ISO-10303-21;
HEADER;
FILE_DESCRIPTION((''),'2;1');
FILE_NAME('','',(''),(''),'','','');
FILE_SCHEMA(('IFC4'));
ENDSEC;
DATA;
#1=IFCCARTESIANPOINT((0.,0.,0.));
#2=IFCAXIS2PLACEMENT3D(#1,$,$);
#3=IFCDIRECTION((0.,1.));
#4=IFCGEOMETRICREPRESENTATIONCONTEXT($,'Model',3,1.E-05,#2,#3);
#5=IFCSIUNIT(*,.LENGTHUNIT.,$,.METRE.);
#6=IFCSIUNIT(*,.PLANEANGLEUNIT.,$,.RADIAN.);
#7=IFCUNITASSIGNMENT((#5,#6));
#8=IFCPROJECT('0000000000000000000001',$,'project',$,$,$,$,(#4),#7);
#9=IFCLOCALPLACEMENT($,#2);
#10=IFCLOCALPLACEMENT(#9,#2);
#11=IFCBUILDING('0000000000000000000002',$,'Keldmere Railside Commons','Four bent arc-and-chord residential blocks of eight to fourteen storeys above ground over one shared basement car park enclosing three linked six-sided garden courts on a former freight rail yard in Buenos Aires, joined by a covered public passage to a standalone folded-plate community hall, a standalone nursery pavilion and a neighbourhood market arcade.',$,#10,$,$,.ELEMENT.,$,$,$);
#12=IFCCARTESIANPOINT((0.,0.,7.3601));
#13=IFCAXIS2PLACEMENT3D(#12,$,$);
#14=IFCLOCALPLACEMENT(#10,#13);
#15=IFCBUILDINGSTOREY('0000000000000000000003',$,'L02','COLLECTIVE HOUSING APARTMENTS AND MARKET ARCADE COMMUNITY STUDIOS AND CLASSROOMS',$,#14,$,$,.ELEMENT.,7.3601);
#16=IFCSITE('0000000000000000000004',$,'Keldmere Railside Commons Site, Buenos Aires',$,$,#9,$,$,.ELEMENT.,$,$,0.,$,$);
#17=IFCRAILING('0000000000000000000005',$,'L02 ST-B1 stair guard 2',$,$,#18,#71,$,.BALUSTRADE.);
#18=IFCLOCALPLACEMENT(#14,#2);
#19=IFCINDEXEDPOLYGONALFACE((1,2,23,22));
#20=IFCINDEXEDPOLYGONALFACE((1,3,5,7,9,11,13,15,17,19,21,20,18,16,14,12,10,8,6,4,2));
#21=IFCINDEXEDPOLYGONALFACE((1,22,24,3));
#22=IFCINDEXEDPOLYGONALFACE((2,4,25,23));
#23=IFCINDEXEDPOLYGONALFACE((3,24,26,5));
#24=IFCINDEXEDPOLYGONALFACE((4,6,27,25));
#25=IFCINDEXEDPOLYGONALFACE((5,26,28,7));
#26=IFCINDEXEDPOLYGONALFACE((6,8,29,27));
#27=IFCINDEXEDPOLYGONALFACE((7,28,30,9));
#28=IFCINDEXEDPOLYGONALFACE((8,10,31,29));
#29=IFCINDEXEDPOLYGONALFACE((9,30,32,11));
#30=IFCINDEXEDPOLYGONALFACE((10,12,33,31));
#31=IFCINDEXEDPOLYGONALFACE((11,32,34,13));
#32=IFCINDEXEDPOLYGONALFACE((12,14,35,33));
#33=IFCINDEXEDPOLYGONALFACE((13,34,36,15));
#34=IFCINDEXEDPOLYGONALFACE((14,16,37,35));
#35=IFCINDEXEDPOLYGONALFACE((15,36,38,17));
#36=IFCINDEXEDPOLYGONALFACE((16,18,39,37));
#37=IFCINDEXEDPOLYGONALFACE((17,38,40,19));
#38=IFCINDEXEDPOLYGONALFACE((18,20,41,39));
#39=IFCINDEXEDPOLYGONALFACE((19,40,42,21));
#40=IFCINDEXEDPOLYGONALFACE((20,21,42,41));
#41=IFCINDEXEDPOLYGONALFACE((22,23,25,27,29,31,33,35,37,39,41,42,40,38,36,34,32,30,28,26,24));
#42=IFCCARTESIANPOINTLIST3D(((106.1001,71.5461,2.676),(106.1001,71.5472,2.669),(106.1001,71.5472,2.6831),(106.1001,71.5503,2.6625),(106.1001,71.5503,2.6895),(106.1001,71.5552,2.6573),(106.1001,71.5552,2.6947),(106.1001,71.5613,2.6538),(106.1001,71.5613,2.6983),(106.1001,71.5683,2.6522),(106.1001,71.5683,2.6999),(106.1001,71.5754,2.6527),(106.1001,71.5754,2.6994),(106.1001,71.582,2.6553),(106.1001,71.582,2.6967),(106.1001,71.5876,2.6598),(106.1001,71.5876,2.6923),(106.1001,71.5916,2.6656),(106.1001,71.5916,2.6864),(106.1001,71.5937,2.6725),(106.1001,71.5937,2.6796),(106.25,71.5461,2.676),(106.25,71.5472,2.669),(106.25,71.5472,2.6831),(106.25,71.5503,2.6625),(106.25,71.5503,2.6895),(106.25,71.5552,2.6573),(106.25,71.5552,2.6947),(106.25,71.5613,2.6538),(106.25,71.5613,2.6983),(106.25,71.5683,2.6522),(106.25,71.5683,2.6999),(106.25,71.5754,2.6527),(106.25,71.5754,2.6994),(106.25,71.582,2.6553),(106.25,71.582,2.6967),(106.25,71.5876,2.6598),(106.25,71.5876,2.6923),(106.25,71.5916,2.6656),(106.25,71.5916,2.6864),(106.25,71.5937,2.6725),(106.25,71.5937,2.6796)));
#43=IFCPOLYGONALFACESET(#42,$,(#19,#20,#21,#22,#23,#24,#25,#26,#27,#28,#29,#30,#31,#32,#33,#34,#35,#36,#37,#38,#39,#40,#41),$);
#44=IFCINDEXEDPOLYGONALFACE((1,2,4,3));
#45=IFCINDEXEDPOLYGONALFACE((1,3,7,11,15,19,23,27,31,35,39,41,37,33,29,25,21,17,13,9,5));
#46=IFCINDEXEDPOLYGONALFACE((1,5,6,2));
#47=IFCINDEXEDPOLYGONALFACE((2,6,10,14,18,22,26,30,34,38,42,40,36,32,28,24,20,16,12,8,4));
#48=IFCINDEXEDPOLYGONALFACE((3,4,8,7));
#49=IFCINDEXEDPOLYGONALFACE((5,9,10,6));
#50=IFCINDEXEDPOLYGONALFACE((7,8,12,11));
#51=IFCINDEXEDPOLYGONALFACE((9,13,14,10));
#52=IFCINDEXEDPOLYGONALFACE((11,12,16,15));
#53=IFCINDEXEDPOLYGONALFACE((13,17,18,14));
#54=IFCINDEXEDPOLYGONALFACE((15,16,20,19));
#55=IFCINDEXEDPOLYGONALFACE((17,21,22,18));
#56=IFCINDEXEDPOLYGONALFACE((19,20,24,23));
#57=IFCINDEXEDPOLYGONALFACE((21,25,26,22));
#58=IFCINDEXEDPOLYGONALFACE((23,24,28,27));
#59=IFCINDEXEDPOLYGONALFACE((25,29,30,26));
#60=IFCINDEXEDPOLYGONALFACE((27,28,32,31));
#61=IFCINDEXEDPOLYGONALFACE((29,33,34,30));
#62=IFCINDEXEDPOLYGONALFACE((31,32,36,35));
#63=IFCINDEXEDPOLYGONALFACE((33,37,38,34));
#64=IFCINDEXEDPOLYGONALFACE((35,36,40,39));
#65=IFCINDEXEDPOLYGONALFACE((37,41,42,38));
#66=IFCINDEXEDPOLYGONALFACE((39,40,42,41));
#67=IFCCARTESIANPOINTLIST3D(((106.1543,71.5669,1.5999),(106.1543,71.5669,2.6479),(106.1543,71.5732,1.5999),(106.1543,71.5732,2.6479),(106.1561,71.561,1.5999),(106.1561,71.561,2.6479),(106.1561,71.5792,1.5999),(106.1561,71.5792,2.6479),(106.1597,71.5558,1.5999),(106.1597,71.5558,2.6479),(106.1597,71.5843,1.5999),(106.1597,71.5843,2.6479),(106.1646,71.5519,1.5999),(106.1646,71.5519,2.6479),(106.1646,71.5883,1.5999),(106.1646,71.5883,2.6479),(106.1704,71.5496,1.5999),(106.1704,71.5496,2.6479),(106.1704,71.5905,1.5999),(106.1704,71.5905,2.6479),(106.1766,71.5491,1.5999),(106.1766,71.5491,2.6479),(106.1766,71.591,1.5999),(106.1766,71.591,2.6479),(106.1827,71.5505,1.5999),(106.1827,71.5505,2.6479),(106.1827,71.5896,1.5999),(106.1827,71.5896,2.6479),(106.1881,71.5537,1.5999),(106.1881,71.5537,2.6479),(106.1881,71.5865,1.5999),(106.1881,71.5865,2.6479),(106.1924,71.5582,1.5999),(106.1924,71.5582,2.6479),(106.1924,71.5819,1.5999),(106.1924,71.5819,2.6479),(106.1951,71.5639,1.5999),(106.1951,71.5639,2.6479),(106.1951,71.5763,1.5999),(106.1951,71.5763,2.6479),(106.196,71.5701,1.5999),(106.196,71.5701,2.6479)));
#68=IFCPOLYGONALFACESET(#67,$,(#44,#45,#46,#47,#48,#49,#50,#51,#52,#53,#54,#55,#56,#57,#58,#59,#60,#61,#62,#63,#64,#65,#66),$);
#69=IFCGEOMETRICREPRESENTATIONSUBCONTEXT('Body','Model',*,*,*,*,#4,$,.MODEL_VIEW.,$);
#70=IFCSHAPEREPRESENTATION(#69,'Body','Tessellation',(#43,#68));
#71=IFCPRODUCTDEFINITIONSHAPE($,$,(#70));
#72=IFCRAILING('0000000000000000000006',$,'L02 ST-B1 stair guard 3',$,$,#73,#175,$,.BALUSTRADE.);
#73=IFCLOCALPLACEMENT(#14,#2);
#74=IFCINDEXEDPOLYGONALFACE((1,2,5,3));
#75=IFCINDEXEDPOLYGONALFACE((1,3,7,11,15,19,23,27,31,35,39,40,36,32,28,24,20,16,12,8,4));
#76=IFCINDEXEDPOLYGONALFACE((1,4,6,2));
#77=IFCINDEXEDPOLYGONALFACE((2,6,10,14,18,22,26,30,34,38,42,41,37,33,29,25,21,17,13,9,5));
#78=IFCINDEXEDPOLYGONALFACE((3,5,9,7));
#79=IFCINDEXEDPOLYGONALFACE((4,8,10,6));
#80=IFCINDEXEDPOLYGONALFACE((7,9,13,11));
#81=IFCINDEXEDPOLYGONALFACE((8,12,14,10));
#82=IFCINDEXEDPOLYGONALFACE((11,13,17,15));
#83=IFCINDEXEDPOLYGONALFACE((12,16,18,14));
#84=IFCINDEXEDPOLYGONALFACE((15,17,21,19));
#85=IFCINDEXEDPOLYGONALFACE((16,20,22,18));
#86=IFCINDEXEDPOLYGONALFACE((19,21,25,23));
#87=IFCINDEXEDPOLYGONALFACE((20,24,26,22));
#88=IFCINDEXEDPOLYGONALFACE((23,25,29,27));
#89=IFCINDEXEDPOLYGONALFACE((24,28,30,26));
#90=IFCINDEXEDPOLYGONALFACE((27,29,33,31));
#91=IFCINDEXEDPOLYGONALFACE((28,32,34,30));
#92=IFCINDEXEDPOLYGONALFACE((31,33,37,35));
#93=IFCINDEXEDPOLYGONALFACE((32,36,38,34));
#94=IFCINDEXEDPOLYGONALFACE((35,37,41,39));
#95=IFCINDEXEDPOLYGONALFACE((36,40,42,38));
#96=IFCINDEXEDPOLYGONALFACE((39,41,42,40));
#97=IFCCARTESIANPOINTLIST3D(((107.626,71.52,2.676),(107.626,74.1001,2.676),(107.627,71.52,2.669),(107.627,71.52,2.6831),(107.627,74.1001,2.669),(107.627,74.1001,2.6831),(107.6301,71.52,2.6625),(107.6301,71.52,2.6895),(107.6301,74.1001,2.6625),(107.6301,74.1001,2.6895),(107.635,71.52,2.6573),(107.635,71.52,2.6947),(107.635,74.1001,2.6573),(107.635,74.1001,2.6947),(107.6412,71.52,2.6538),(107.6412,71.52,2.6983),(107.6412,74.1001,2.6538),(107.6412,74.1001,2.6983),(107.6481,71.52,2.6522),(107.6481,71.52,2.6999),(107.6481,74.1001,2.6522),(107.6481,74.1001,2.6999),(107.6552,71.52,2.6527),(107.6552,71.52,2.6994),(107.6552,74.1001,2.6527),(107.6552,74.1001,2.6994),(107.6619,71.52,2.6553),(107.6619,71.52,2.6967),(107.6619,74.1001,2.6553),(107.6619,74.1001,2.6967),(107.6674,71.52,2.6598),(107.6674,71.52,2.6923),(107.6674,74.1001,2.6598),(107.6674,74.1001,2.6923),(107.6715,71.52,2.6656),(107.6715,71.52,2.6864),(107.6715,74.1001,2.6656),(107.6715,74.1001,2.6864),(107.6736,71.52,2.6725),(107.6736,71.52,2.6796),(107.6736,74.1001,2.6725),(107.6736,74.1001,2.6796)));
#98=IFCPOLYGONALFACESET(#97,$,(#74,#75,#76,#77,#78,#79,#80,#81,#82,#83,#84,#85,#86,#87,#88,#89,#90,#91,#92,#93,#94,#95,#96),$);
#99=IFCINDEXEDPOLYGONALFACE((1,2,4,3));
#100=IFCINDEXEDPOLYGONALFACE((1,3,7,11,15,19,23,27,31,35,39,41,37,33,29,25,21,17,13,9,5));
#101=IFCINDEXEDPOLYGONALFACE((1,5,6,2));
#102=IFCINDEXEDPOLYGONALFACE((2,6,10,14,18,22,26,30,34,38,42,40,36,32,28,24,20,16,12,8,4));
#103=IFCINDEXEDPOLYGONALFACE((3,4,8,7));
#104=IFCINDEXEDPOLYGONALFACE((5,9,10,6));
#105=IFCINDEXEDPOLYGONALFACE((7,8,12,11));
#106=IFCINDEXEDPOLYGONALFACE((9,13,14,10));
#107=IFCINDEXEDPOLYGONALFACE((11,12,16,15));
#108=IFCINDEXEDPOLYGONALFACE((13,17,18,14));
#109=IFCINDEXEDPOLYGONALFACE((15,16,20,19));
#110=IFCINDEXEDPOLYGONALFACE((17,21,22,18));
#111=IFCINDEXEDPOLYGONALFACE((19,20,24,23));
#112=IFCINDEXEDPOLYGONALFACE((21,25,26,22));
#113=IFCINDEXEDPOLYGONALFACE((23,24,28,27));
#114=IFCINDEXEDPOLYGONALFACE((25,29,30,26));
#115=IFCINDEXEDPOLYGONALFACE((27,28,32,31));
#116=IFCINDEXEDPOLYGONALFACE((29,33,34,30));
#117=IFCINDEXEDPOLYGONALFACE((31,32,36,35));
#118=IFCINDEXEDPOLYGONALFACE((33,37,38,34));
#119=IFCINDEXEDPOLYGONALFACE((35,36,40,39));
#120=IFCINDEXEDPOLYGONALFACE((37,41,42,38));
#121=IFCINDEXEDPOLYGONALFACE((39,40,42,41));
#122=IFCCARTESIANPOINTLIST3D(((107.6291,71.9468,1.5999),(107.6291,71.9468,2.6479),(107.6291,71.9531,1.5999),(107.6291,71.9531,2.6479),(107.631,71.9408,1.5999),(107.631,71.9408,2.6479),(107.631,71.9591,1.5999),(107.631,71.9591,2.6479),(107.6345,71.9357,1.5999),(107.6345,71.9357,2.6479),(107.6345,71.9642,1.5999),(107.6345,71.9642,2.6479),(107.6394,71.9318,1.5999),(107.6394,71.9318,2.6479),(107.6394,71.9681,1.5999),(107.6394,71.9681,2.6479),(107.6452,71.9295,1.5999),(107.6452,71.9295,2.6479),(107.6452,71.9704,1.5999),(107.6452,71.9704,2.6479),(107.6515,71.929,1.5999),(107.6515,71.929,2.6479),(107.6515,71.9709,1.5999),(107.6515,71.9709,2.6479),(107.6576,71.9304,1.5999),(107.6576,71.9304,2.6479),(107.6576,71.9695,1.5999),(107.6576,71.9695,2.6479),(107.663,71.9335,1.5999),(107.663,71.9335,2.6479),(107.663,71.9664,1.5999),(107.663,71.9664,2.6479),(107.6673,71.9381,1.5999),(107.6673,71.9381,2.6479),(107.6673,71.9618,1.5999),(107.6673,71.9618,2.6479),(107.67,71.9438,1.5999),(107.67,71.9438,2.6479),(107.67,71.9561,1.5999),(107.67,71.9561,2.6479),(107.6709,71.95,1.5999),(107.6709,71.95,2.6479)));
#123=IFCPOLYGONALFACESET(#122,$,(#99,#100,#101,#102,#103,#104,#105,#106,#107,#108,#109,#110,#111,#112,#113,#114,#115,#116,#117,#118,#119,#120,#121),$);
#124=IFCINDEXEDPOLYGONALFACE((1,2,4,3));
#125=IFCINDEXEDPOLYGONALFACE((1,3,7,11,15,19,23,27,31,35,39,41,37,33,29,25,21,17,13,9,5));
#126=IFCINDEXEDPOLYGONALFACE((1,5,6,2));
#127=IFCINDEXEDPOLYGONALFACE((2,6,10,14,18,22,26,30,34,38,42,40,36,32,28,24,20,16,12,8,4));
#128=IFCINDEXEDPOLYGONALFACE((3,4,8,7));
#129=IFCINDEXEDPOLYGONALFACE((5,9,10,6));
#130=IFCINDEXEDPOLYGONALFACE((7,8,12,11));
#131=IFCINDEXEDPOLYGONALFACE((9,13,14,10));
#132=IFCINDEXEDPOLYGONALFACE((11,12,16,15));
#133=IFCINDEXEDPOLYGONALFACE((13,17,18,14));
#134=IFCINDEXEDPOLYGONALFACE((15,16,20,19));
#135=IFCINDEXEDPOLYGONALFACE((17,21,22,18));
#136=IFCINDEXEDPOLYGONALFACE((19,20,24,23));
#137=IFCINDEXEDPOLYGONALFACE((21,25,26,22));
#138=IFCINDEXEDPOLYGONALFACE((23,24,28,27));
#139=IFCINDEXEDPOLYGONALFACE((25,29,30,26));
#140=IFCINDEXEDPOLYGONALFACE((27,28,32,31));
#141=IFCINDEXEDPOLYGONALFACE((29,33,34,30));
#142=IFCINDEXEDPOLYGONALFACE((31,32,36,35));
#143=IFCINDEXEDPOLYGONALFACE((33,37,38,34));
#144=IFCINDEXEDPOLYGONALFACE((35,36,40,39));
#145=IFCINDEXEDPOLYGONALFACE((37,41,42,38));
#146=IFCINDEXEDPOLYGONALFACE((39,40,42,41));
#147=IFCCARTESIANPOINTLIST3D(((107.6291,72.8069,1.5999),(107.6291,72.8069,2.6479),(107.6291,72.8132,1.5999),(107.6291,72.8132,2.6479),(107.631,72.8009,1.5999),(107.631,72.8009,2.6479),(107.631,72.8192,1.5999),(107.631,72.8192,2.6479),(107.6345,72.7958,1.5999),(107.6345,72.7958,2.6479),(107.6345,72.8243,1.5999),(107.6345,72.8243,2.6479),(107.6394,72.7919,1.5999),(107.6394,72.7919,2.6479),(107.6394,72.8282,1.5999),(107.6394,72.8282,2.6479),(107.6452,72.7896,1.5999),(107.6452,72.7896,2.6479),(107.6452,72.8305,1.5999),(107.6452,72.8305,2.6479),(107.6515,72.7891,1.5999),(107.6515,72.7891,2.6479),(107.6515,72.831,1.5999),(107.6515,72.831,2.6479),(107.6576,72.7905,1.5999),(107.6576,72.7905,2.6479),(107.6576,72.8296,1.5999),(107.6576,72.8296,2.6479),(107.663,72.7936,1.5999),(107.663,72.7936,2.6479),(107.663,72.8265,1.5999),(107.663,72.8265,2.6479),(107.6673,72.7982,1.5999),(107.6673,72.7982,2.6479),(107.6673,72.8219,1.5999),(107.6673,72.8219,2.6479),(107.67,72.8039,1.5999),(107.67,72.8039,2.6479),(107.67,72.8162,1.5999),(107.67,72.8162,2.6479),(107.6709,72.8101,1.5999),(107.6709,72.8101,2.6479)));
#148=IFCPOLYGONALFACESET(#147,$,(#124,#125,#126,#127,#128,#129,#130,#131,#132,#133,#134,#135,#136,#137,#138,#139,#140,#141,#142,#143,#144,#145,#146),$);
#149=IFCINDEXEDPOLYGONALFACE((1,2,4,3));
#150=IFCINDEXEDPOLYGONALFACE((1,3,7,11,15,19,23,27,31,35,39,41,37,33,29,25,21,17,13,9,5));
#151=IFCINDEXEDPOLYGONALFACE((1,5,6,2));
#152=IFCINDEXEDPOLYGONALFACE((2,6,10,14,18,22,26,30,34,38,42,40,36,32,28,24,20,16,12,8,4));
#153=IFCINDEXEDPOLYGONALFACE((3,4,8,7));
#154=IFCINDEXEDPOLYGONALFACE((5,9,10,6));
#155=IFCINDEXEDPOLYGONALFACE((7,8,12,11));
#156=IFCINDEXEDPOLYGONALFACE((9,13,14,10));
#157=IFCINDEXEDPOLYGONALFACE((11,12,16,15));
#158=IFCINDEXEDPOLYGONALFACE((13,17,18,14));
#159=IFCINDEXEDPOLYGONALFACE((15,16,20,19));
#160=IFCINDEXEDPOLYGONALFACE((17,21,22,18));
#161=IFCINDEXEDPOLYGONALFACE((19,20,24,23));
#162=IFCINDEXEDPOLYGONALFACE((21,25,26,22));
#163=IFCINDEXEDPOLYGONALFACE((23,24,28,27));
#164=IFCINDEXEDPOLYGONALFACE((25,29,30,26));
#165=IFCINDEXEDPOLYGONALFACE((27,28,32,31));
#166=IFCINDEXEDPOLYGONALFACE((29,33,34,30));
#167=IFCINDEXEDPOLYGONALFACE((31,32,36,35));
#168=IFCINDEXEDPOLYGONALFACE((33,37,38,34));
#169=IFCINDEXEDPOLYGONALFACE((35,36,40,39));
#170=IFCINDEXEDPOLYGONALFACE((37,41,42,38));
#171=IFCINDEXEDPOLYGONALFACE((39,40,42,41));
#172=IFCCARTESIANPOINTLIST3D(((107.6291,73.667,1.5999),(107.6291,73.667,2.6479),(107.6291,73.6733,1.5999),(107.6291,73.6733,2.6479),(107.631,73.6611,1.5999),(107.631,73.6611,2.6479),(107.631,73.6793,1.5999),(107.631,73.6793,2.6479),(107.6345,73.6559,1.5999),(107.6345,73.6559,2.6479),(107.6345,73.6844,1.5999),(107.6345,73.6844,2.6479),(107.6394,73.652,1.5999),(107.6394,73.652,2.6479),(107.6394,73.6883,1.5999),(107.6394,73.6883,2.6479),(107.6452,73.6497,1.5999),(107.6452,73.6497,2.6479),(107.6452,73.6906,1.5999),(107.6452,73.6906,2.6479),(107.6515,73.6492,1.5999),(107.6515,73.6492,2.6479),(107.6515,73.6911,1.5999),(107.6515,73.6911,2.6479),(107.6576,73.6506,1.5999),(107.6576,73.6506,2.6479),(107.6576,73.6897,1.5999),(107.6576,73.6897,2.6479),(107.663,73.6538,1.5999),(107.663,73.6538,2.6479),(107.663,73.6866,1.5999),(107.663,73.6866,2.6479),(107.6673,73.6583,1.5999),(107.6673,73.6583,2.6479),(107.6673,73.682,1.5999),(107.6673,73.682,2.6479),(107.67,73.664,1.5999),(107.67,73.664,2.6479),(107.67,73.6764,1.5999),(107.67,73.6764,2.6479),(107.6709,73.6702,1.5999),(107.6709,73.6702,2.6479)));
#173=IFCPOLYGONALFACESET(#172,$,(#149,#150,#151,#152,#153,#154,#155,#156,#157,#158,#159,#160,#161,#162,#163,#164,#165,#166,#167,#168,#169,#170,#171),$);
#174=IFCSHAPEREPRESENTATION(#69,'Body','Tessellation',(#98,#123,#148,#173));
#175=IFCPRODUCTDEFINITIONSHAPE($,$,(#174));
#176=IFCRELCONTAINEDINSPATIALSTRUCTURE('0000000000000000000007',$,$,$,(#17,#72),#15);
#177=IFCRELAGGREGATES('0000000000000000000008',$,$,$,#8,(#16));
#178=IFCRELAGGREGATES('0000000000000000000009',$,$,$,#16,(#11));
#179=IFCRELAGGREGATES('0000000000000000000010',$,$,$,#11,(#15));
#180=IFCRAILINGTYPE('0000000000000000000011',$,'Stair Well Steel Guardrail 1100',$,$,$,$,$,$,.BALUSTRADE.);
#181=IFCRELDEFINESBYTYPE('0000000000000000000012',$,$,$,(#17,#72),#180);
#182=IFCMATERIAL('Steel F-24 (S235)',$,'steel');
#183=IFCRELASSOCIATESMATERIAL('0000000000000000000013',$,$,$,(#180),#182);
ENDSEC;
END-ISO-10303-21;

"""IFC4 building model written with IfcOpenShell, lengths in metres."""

from ifc_helpers import new_model, si_unit, direction, frame, origin, origin_2d, place, context, subcontext, project, spatial, circle, extrude, material, type_object, element, save


model = new_model("IFC4")

# Units and contexts
model_context = context("Model", 3, precision=1e-05, world=origin(), true_north=direction((0.0, 1.0)))
body_context = subcontext(model_context, "Body", "Model", "MODEL_VIEW")
ifc_project = project(units=[si_unit("LENGTHUNIT", "METRE"), si_unit("PLANEANGLEUNIT", "RADIAN")], contexts=[model_context])

# Site, building, storey
site_placement = place(None, origin())
site = spatial("IfcSite", under=ifc_project, at=site_placement, Name="Keldmere Railside Commons Site, Buenos Aires", CompositionType="ELEMENT", RefElevation=0.0)
building_placement = place(site_placement, origin())
building = spatial("IfcBuilding", under=site, at=building_placement, Name="Keldmere Railside Commons", Description="Four bent arc-and-chord residential blocks of eight to fourteen storeys above ground over one shared basement car park enclosing three linked six-sided garden courts on a former freight rail yard in Buenos Aires, joined by a covered public passage to a standalone folded-plate community hall, a standalone nursery pavilion and a neighbourhood market arcade.", CompositionType="ELEMENT")
storey_placement = place(building_placement, frame((0.0, 0.0, 7.3601)))
storey = spatial("IfcBuildingStorey", under=building, at=storey_placement, Name="L02", Description="COLLECTIVE HOUSING APARTMENTS AND MARKET ARCADE COMMUNITY STUDIOS AND CLASSROOMS", CompositionType="ELEMENT", Elevation=7.3601)

# Shared definitions
ifc_material_1 = material(Name="Steel F-24 (S235)", Category="steel")

# Railings
railing_type_1 = type_object("IfcRailingType", Name="Stair Well Steel Guardrail 1100", PredefinedType="BALUSTRADE", material=ifc_material_1)
railing_1_placement = place(storey_placement, frame((106.25, 71.5701, 1.5999)))
element("IfcRailing", 1, at=railing_1_placement, inside=storey, type_object=railing_type_1, Name="L02 ST-B1 stair guard 2", PredefinedType="BALUSTRADE", context=body_context, shape_type="SweptSolid", body=[
    extrude(circle(Radius=0.0239, at=origin_2d()), frame((0.0, 0.0, 1.0762), z_axis=(-1.0, 0.0, 0.0), x_axis=(0.0, -1.0, 0.0)), (0.0, 0.0, 1.0), 0.1499),
    extrude(circle(Radius=0.021, at=origin_2d()), frame((-0.075, 0.0, 0.0)), (0.0, 0.0, 1.0), 1.0481),
])
railing_2_placement = place(storey_placement, frame((107.6499, 71.52, 1.5999)))
element("IfcRailing", 2, at=railing_2_placement, inside=storey, type_object=railing_type_1, Name="L02 ST-B1 stair guard 3", PredefinedType="BALUSTRADE", context=body_context, shape_type="SweptSolid", body=[
    extrude(circle(Radius=0.0239, at=origin_2d()), frame((0.0, 0.0, 1.0762), z_axis=(0.0, 1.0, 0.0), x_axis=(-1.0, 0.0, 0.0)), (0.0, 0.0, 1.0), 2.5801),
    extrude(circle(Radius=0.021, at=origin_2d()), frame((0.0, 0.4299, 0.0)), (0.0, 0.0, 1.0), 1.0481),
    extrude(circle(Radius=0.021, at=origin_2d()), frame((0.0, 1.29, 0.0)), (0.0, 0.0, 1.0), 1.0481),
    extrude(circle(Radius=0.021, at=origin_2d()), frame((0.0, 2.1501, 0.0)), (0.0, 0.0, 1.0), 1.0481),
])

save(model, "model.ifc")
